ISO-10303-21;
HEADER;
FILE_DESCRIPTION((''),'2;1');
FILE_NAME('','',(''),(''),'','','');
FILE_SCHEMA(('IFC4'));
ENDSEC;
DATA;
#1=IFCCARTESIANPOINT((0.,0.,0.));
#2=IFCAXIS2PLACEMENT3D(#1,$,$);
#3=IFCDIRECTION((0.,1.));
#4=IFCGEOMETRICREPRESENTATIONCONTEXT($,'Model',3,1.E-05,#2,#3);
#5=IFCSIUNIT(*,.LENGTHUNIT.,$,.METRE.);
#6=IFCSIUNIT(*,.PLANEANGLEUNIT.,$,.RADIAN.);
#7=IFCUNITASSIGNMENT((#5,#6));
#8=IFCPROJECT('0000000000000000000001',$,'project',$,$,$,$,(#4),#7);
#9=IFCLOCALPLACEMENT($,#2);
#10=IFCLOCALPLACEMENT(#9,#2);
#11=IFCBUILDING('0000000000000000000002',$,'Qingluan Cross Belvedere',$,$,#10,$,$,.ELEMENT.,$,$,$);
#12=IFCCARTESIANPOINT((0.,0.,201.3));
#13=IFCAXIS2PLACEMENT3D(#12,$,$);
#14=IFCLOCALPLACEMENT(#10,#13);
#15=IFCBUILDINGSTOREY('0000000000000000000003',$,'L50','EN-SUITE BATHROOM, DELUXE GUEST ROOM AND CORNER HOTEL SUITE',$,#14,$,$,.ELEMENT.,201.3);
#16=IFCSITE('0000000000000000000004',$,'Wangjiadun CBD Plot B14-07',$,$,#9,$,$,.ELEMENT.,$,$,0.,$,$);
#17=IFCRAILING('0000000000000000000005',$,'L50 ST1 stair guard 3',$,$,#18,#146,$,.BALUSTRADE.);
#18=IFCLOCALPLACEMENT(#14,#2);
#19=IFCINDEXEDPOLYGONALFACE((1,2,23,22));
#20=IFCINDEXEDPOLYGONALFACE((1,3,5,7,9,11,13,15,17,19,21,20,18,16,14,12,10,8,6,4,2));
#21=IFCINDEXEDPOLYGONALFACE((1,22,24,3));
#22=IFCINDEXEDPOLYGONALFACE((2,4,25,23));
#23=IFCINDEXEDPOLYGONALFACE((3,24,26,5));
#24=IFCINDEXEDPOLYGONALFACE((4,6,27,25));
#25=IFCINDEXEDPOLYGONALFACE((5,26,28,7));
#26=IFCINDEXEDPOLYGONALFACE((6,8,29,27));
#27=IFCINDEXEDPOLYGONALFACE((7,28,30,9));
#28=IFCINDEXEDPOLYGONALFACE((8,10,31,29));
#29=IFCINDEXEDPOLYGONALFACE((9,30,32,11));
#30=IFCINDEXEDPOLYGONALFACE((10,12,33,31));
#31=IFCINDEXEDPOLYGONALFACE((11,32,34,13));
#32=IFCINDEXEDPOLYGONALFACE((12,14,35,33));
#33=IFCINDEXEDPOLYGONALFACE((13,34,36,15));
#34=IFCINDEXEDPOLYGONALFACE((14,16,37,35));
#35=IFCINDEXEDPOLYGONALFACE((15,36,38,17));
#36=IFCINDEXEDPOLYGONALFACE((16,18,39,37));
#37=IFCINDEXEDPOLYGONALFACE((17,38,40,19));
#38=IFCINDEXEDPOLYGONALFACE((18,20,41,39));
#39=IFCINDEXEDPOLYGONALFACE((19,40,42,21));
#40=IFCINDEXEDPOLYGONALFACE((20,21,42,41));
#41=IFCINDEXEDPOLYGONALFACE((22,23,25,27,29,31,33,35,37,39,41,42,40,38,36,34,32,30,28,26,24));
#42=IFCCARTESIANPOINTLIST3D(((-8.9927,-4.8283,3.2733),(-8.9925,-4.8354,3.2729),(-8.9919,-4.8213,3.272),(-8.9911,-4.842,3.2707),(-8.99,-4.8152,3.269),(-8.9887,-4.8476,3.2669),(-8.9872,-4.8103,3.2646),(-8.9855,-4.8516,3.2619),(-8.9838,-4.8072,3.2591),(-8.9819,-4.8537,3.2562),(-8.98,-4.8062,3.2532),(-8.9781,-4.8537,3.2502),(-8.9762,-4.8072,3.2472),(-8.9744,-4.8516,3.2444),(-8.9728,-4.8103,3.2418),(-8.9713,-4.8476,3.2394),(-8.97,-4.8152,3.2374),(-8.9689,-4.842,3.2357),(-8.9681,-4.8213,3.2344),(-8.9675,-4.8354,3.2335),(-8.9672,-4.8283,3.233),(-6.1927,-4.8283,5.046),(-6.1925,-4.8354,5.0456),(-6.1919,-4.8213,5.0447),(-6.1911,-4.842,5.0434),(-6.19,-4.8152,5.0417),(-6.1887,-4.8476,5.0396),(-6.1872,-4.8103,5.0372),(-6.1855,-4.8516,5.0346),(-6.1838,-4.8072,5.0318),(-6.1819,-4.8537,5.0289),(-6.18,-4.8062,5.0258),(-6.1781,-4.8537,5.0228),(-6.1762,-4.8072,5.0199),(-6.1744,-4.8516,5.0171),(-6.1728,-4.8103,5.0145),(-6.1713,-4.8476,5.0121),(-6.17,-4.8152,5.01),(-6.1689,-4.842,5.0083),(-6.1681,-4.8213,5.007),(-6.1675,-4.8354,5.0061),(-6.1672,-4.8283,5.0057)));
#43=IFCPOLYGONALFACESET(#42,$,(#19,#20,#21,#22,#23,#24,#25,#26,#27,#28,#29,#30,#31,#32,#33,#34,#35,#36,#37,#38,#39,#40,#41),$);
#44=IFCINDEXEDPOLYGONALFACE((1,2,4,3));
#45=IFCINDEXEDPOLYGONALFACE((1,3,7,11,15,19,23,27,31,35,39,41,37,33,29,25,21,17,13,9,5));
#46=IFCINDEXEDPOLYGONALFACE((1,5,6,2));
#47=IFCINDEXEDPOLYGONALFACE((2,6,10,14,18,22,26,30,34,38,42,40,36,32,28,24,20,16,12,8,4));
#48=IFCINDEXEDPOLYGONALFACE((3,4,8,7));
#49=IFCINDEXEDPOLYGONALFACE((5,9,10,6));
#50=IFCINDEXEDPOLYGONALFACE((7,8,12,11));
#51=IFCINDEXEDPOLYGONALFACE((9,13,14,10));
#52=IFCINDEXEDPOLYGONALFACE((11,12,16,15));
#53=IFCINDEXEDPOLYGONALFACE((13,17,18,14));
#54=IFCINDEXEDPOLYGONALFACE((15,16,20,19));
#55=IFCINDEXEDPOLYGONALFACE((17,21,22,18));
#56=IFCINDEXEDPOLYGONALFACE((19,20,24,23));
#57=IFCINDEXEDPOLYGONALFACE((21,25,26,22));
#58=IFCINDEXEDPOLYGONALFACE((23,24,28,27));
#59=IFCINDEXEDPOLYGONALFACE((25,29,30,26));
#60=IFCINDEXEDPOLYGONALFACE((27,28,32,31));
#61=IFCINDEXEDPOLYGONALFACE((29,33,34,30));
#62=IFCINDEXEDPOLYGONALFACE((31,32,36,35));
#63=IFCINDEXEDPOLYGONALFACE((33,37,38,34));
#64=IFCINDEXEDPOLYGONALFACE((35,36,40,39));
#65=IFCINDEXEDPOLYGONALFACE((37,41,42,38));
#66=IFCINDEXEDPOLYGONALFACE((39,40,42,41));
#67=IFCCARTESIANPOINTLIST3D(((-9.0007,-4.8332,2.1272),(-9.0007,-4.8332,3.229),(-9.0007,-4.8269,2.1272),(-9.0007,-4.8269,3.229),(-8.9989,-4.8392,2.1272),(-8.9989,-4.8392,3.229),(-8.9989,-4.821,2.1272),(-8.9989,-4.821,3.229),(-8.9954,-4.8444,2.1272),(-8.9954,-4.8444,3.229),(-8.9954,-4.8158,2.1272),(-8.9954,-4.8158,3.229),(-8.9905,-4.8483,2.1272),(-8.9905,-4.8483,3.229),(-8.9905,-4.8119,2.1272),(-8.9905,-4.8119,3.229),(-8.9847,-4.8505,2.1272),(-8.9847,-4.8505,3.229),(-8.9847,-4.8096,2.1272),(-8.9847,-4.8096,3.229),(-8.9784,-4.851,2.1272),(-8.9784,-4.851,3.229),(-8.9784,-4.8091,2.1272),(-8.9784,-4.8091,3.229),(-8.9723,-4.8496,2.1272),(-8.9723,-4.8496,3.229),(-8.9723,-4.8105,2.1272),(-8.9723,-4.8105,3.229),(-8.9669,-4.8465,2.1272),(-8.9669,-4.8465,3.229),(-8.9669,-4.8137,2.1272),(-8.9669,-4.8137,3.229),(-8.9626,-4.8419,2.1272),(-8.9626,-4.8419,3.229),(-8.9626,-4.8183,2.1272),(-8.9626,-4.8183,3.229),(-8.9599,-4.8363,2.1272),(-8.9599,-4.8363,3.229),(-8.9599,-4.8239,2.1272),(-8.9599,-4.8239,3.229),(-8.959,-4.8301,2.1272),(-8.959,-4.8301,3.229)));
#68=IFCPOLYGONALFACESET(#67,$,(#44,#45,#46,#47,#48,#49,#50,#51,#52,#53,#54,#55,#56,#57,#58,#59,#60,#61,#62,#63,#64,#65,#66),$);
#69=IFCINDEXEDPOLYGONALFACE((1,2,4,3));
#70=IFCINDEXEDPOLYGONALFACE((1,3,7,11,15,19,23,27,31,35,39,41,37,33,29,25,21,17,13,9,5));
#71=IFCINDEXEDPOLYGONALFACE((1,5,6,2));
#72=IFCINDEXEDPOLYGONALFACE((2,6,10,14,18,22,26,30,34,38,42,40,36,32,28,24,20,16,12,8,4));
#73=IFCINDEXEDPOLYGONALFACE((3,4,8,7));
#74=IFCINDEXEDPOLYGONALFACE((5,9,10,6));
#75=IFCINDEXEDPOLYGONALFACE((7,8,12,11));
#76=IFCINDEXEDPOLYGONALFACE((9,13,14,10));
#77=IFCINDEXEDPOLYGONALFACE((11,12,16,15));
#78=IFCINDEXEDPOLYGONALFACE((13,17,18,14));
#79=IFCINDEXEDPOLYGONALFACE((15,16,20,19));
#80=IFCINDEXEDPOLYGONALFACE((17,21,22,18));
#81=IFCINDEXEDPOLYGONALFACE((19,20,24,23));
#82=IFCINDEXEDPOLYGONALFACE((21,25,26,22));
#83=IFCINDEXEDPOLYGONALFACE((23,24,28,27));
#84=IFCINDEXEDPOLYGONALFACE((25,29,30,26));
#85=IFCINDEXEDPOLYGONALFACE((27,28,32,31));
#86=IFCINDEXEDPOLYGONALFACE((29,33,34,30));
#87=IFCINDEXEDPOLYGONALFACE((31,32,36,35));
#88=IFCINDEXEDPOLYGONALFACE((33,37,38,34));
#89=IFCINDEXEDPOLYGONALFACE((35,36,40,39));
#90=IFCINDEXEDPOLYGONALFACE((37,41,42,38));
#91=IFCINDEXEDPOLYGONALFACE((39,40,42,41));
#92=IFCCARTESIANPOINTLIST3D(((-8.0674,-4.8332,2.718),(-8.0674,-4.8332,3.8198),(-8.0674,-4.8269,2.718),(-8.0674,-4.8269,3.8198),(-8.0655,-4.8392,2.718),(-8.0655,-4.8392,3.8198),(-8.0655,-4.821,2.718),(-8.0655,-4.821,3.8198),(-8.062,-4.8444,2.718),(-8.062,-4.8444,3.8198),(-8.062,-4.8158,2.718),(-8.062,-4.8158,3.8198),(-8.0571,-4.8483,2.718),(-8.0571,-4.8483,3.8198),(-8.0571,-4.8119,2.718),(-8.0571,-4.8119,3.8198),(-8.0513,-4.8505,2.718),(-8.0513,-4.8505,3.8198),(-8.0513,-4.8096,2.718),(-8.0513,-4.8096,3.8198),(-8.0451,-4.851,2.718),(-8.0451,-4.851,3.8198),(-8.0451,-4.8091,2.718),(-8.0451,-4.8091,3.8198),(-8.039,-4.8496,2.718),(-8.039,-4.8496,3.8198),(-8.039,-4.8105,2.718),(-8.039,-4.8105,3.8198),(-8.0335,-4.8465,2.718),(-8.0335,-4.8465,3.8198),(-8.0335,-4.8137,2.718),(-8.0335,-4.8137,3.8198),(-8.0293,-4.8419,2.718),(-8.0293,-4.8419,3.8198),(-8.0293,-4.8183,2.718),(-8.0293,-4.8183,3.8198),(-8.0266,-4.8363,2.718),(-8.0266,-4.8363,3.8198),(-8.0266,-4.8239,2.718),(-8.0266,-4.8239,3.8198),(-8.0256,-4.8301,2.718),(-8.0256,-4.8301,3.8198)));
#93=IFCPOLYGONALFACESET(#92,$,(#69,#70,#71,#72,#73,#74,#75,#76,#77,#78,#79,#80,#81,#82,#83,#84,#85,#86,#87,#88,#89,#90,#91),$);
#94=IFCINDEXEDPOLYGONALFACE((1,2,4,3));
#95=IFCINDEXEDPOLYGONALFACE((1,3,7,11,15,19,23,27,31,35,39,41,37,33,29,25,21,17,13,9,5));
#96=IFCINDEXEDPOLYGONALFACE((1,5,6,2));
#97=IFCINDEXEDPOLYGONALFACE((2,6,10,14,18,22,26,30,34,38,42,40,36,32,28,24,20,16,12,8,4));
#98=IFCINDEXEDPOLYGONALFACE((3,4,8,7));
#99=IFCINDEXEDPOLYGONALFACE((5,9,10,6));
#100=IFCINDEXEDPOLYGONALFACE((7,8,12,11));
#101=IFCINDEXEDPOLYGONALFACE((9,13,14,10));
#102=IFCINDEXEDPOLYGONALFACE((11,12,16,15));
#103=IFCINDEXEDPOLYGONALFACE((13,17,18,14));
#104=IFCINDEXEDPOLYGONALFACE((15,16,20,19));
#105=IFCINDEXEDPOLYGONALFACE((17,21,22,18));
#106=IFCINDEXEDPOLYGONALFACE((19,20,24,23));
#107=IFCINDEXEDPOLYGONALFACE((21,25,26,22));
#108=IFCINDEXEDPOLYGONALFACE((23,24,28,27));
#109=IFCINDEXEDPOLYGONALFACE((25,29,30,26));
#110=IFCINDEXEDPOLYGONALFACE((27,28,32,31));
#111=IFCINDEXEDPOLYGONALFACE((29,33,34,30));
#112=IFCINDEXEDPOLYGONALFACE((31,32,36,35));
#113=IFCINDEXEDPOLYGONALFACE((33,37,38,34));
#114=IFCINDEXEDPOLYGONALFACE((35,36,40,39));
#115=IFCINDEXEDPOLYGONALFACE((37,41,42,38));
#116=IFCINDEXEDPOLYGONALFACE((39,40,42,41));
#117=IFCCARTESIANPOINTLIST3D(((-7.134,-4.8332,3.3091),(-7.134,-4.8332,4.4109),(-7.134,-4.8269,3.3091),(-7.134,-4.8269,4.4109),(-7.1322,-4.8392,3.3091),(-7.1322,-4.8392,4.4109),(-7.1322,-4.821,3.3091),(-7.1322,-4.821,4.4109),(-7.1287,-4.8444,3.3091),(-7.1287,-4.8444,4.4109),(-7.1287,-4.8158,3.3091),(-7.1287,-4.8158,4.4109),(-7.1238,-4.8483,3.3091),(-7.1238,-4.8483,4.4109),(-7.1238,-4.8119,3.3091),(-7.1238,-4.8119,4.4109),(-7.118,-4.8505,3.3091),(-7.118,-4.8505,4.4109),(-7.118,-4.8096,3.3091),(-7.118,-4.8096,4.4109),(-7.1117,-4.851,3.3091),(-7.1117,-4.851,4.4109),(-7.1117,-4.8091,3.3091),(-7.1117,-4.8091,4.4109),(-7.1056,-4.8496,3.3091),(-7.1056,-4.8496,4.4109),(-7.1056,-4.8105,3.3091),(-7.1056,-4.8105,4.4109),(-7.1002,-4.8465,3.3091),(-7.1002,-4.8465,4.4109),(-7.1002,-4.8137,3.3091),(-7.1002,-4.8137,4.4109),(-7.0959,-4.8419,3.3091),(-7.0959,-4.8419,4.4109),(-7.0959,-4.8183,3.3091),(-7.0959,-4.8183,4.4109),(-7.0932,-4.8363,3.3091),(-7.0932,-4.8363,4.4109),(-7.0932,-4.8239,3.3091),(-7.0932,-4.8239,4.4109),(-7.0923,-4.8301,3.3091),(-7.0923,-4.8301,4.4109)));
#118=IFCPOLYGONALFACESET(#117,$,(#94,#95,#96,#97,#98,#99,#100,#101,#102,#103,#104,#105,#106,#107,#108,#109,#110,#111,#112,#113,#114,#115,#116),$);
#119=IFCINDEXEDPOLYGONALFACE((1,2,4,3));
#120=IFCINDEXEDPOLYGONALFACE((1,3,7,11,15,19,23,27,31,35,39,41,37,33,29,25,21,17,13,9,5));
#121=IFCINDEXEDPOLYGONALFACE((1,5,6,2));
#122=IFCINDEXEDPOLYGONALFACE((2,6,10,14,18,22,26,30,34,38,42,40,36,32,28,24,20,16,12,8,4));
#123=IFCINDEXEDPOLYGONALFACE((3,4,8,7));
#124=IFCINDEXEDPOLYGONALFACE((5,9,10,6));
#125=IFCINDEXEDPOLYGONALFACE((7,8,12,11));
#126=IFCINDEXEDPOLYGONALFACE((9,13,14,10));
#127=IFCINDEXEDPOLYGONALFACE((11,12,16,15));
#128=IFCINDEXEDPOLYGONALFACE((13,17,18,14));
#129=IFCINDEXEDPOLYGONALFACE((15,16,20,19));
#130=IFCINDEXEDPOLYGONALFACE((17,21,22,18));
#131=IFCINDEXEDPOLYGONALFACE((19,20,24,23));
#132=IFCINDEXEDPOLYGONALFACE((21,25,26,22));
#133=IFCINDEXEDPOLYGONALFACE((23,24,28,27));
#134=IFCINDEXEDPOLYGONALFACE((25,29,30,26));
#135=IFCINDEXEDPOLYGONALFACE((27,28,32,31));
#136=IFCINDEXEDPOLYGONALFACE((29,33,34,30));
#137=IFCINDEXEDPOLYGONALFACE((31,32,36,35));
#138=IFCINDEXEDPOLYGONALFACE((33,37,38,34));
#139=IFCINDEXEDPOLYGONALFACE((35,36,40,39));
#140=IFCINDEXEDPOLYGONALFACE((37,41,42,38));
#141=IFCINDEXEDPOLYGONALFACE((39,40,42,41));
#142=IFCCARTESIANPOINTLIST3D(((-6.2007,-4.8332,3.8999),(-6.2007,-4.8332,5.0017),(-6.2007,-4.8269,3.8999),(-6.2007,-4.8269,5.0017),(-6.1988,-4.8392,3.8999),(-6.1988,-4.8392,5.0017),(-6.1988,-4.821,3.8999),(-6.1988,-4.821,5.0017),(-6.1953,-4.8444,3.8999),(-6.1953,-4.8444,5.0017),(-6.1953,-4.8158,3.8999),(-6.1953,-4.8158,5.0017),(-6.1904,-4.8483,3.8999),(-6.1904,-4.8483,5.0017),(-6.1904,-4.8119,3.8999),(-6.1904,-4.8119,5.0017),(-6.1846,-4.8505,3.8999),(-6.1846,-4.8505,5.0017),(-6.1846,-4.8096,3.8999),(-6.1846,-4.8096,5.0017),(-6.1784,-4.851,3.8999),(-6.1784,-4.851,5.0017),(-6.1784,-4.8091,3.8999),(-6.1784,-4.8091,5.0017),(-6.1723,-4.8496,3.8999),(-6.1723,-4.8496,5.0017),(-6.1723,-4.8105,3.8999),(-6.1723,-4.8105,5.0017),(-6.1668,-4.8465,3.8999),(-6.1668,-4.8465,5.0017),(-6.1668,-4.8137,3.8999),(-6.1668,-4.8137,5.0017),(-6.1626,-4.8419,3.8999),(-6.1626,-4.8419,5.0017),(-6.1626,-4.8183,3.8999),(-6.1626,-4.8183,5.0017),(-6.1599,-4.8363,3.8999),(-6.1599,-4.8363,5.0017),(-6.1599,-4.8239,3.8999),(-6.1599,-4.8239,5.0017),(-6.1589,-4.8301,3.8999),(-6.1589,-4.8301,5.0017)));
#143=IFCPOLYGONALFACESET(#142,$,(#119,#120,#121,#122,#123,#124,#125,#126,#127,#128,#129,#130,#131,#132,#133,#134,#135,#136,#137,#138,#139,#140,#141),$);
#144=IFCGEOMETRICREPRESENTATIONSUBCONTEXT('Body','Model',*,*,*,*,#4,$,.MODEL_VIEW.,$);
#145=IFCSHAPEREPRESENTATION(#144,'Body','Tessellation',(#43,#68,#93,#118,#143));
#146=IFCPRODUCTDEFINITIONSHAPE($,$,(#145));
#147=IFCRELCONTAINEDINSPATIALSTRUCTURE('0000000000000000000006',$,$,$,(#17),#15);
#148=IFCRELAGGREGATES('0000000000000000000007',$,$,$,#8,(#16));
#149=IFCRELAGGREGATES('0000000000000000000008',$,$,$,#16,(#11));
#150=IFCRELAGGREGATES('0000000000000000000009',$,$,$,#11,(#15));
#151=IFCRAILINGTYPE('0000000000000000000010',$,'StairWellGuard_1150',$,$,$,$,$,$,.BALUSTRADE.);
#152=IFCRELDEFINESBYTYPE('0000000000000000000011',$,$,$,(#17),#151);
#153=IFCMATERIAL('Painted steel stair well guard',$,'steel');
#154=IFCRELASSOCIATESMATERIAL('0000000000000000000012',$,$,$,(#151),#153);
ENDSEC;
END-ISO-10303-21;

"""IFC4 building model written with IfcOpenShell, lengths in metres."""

from ifc_helpers import new_model, si_unit, direction, frame, origin, origin_2d, place, context, subcontext, project, spatial, circle, extrude, material, type_object, element, save


model = new_model("IFC4")

# Units and contexts
model_context = context("Model", 3, precision=1e-05, world=origin(), true_north=direction((0.0, 1.0)))
body_context = subcontext(model_context, "Body", "Model", "MODEL_VIEW")
ifc_project = project(units=[si_unit("LENGTHUNIT", "METRE"), si_unit("PLANEANGLEUNIT", "RADIAN")], contexts=[model_context])

# Site, building, storey
site_placement = place(None, origin())
site = spatial("IfcSite", under=ifc_project, at=site_placement, Name="Wangjiadun CBD Plot B14-07", CompositionType="ELEMENT", RefElevation=0.0)
building_placement = place(site_placement, origin())
building = spatial("IfcBuilding", under=site, at=building_placement, Name="Qingluan Cross Belvedere", CompositionType="ELEMENT")
storey_placement = place(building_placement, frame((0.0, 0.0, 201.3)))
storey = spatial("IfcBuildingStorey", under=building, at=storey_placement, Name="L50", Description="EN-SUITE BATHROOM, DELUXE GUEST ROOM AND CORNER HOTEL SUITE", CompositionType="ELEMENT", Elevation=201.3)

# Railing
ifc_material_1 = material(Name="Painted steel stair well guard", Category="steel")
railing_type_1 = type_object("IfcRailingType", Name="StairWellGuard_1150", PredefinedType="BALUSTRADE", material=ifc_material_1)
railing_1_placement = place(storey_placement, frame((-8.98, -4.8301, 2.1272)))
element("IfcRailing", 1, at=railing_1_placement, inside=storey, type_object=railing_type_1, Name="L50 ST1 stair guard 3", PredefinedType="BALUSTRADE", context=body_context, shape_type="SweptSolid", body=[
    extrude(circle(Radius=0.0239, at=origin_2d()), frame((0.0, 0.0, 1.126), z_axis=(0.844909, 0.0, 0.53491), x_axis=(0.0, 1.0, 0.0)), (0.0, 0.0, 1.0), 3.314),
    extrude(circle(Radius=0.021, at=origin_2d()), origin(), (0.0, 0.0, 1.0), 1.1018),
    extrude(circle(Radius=0.021, at=origin_2d()), frame((0.9333, 0.0, 0.5908)), (0.0, 0.0, 1.0), 1.1018),
    extrude(circle(Radius=0.021, at=origin_2d()), frame((1.8667, 0.0, 1.1819)), (0.0, 0.0, 1.0), 1.1018),
    extrude(circle(Radius=0.021, at=origin_2d()), frame((2.8, 0.0, 1.7727)), (0.0, 0.0, 1.0), 1.1018),
])

save(model, "model.ifc")
